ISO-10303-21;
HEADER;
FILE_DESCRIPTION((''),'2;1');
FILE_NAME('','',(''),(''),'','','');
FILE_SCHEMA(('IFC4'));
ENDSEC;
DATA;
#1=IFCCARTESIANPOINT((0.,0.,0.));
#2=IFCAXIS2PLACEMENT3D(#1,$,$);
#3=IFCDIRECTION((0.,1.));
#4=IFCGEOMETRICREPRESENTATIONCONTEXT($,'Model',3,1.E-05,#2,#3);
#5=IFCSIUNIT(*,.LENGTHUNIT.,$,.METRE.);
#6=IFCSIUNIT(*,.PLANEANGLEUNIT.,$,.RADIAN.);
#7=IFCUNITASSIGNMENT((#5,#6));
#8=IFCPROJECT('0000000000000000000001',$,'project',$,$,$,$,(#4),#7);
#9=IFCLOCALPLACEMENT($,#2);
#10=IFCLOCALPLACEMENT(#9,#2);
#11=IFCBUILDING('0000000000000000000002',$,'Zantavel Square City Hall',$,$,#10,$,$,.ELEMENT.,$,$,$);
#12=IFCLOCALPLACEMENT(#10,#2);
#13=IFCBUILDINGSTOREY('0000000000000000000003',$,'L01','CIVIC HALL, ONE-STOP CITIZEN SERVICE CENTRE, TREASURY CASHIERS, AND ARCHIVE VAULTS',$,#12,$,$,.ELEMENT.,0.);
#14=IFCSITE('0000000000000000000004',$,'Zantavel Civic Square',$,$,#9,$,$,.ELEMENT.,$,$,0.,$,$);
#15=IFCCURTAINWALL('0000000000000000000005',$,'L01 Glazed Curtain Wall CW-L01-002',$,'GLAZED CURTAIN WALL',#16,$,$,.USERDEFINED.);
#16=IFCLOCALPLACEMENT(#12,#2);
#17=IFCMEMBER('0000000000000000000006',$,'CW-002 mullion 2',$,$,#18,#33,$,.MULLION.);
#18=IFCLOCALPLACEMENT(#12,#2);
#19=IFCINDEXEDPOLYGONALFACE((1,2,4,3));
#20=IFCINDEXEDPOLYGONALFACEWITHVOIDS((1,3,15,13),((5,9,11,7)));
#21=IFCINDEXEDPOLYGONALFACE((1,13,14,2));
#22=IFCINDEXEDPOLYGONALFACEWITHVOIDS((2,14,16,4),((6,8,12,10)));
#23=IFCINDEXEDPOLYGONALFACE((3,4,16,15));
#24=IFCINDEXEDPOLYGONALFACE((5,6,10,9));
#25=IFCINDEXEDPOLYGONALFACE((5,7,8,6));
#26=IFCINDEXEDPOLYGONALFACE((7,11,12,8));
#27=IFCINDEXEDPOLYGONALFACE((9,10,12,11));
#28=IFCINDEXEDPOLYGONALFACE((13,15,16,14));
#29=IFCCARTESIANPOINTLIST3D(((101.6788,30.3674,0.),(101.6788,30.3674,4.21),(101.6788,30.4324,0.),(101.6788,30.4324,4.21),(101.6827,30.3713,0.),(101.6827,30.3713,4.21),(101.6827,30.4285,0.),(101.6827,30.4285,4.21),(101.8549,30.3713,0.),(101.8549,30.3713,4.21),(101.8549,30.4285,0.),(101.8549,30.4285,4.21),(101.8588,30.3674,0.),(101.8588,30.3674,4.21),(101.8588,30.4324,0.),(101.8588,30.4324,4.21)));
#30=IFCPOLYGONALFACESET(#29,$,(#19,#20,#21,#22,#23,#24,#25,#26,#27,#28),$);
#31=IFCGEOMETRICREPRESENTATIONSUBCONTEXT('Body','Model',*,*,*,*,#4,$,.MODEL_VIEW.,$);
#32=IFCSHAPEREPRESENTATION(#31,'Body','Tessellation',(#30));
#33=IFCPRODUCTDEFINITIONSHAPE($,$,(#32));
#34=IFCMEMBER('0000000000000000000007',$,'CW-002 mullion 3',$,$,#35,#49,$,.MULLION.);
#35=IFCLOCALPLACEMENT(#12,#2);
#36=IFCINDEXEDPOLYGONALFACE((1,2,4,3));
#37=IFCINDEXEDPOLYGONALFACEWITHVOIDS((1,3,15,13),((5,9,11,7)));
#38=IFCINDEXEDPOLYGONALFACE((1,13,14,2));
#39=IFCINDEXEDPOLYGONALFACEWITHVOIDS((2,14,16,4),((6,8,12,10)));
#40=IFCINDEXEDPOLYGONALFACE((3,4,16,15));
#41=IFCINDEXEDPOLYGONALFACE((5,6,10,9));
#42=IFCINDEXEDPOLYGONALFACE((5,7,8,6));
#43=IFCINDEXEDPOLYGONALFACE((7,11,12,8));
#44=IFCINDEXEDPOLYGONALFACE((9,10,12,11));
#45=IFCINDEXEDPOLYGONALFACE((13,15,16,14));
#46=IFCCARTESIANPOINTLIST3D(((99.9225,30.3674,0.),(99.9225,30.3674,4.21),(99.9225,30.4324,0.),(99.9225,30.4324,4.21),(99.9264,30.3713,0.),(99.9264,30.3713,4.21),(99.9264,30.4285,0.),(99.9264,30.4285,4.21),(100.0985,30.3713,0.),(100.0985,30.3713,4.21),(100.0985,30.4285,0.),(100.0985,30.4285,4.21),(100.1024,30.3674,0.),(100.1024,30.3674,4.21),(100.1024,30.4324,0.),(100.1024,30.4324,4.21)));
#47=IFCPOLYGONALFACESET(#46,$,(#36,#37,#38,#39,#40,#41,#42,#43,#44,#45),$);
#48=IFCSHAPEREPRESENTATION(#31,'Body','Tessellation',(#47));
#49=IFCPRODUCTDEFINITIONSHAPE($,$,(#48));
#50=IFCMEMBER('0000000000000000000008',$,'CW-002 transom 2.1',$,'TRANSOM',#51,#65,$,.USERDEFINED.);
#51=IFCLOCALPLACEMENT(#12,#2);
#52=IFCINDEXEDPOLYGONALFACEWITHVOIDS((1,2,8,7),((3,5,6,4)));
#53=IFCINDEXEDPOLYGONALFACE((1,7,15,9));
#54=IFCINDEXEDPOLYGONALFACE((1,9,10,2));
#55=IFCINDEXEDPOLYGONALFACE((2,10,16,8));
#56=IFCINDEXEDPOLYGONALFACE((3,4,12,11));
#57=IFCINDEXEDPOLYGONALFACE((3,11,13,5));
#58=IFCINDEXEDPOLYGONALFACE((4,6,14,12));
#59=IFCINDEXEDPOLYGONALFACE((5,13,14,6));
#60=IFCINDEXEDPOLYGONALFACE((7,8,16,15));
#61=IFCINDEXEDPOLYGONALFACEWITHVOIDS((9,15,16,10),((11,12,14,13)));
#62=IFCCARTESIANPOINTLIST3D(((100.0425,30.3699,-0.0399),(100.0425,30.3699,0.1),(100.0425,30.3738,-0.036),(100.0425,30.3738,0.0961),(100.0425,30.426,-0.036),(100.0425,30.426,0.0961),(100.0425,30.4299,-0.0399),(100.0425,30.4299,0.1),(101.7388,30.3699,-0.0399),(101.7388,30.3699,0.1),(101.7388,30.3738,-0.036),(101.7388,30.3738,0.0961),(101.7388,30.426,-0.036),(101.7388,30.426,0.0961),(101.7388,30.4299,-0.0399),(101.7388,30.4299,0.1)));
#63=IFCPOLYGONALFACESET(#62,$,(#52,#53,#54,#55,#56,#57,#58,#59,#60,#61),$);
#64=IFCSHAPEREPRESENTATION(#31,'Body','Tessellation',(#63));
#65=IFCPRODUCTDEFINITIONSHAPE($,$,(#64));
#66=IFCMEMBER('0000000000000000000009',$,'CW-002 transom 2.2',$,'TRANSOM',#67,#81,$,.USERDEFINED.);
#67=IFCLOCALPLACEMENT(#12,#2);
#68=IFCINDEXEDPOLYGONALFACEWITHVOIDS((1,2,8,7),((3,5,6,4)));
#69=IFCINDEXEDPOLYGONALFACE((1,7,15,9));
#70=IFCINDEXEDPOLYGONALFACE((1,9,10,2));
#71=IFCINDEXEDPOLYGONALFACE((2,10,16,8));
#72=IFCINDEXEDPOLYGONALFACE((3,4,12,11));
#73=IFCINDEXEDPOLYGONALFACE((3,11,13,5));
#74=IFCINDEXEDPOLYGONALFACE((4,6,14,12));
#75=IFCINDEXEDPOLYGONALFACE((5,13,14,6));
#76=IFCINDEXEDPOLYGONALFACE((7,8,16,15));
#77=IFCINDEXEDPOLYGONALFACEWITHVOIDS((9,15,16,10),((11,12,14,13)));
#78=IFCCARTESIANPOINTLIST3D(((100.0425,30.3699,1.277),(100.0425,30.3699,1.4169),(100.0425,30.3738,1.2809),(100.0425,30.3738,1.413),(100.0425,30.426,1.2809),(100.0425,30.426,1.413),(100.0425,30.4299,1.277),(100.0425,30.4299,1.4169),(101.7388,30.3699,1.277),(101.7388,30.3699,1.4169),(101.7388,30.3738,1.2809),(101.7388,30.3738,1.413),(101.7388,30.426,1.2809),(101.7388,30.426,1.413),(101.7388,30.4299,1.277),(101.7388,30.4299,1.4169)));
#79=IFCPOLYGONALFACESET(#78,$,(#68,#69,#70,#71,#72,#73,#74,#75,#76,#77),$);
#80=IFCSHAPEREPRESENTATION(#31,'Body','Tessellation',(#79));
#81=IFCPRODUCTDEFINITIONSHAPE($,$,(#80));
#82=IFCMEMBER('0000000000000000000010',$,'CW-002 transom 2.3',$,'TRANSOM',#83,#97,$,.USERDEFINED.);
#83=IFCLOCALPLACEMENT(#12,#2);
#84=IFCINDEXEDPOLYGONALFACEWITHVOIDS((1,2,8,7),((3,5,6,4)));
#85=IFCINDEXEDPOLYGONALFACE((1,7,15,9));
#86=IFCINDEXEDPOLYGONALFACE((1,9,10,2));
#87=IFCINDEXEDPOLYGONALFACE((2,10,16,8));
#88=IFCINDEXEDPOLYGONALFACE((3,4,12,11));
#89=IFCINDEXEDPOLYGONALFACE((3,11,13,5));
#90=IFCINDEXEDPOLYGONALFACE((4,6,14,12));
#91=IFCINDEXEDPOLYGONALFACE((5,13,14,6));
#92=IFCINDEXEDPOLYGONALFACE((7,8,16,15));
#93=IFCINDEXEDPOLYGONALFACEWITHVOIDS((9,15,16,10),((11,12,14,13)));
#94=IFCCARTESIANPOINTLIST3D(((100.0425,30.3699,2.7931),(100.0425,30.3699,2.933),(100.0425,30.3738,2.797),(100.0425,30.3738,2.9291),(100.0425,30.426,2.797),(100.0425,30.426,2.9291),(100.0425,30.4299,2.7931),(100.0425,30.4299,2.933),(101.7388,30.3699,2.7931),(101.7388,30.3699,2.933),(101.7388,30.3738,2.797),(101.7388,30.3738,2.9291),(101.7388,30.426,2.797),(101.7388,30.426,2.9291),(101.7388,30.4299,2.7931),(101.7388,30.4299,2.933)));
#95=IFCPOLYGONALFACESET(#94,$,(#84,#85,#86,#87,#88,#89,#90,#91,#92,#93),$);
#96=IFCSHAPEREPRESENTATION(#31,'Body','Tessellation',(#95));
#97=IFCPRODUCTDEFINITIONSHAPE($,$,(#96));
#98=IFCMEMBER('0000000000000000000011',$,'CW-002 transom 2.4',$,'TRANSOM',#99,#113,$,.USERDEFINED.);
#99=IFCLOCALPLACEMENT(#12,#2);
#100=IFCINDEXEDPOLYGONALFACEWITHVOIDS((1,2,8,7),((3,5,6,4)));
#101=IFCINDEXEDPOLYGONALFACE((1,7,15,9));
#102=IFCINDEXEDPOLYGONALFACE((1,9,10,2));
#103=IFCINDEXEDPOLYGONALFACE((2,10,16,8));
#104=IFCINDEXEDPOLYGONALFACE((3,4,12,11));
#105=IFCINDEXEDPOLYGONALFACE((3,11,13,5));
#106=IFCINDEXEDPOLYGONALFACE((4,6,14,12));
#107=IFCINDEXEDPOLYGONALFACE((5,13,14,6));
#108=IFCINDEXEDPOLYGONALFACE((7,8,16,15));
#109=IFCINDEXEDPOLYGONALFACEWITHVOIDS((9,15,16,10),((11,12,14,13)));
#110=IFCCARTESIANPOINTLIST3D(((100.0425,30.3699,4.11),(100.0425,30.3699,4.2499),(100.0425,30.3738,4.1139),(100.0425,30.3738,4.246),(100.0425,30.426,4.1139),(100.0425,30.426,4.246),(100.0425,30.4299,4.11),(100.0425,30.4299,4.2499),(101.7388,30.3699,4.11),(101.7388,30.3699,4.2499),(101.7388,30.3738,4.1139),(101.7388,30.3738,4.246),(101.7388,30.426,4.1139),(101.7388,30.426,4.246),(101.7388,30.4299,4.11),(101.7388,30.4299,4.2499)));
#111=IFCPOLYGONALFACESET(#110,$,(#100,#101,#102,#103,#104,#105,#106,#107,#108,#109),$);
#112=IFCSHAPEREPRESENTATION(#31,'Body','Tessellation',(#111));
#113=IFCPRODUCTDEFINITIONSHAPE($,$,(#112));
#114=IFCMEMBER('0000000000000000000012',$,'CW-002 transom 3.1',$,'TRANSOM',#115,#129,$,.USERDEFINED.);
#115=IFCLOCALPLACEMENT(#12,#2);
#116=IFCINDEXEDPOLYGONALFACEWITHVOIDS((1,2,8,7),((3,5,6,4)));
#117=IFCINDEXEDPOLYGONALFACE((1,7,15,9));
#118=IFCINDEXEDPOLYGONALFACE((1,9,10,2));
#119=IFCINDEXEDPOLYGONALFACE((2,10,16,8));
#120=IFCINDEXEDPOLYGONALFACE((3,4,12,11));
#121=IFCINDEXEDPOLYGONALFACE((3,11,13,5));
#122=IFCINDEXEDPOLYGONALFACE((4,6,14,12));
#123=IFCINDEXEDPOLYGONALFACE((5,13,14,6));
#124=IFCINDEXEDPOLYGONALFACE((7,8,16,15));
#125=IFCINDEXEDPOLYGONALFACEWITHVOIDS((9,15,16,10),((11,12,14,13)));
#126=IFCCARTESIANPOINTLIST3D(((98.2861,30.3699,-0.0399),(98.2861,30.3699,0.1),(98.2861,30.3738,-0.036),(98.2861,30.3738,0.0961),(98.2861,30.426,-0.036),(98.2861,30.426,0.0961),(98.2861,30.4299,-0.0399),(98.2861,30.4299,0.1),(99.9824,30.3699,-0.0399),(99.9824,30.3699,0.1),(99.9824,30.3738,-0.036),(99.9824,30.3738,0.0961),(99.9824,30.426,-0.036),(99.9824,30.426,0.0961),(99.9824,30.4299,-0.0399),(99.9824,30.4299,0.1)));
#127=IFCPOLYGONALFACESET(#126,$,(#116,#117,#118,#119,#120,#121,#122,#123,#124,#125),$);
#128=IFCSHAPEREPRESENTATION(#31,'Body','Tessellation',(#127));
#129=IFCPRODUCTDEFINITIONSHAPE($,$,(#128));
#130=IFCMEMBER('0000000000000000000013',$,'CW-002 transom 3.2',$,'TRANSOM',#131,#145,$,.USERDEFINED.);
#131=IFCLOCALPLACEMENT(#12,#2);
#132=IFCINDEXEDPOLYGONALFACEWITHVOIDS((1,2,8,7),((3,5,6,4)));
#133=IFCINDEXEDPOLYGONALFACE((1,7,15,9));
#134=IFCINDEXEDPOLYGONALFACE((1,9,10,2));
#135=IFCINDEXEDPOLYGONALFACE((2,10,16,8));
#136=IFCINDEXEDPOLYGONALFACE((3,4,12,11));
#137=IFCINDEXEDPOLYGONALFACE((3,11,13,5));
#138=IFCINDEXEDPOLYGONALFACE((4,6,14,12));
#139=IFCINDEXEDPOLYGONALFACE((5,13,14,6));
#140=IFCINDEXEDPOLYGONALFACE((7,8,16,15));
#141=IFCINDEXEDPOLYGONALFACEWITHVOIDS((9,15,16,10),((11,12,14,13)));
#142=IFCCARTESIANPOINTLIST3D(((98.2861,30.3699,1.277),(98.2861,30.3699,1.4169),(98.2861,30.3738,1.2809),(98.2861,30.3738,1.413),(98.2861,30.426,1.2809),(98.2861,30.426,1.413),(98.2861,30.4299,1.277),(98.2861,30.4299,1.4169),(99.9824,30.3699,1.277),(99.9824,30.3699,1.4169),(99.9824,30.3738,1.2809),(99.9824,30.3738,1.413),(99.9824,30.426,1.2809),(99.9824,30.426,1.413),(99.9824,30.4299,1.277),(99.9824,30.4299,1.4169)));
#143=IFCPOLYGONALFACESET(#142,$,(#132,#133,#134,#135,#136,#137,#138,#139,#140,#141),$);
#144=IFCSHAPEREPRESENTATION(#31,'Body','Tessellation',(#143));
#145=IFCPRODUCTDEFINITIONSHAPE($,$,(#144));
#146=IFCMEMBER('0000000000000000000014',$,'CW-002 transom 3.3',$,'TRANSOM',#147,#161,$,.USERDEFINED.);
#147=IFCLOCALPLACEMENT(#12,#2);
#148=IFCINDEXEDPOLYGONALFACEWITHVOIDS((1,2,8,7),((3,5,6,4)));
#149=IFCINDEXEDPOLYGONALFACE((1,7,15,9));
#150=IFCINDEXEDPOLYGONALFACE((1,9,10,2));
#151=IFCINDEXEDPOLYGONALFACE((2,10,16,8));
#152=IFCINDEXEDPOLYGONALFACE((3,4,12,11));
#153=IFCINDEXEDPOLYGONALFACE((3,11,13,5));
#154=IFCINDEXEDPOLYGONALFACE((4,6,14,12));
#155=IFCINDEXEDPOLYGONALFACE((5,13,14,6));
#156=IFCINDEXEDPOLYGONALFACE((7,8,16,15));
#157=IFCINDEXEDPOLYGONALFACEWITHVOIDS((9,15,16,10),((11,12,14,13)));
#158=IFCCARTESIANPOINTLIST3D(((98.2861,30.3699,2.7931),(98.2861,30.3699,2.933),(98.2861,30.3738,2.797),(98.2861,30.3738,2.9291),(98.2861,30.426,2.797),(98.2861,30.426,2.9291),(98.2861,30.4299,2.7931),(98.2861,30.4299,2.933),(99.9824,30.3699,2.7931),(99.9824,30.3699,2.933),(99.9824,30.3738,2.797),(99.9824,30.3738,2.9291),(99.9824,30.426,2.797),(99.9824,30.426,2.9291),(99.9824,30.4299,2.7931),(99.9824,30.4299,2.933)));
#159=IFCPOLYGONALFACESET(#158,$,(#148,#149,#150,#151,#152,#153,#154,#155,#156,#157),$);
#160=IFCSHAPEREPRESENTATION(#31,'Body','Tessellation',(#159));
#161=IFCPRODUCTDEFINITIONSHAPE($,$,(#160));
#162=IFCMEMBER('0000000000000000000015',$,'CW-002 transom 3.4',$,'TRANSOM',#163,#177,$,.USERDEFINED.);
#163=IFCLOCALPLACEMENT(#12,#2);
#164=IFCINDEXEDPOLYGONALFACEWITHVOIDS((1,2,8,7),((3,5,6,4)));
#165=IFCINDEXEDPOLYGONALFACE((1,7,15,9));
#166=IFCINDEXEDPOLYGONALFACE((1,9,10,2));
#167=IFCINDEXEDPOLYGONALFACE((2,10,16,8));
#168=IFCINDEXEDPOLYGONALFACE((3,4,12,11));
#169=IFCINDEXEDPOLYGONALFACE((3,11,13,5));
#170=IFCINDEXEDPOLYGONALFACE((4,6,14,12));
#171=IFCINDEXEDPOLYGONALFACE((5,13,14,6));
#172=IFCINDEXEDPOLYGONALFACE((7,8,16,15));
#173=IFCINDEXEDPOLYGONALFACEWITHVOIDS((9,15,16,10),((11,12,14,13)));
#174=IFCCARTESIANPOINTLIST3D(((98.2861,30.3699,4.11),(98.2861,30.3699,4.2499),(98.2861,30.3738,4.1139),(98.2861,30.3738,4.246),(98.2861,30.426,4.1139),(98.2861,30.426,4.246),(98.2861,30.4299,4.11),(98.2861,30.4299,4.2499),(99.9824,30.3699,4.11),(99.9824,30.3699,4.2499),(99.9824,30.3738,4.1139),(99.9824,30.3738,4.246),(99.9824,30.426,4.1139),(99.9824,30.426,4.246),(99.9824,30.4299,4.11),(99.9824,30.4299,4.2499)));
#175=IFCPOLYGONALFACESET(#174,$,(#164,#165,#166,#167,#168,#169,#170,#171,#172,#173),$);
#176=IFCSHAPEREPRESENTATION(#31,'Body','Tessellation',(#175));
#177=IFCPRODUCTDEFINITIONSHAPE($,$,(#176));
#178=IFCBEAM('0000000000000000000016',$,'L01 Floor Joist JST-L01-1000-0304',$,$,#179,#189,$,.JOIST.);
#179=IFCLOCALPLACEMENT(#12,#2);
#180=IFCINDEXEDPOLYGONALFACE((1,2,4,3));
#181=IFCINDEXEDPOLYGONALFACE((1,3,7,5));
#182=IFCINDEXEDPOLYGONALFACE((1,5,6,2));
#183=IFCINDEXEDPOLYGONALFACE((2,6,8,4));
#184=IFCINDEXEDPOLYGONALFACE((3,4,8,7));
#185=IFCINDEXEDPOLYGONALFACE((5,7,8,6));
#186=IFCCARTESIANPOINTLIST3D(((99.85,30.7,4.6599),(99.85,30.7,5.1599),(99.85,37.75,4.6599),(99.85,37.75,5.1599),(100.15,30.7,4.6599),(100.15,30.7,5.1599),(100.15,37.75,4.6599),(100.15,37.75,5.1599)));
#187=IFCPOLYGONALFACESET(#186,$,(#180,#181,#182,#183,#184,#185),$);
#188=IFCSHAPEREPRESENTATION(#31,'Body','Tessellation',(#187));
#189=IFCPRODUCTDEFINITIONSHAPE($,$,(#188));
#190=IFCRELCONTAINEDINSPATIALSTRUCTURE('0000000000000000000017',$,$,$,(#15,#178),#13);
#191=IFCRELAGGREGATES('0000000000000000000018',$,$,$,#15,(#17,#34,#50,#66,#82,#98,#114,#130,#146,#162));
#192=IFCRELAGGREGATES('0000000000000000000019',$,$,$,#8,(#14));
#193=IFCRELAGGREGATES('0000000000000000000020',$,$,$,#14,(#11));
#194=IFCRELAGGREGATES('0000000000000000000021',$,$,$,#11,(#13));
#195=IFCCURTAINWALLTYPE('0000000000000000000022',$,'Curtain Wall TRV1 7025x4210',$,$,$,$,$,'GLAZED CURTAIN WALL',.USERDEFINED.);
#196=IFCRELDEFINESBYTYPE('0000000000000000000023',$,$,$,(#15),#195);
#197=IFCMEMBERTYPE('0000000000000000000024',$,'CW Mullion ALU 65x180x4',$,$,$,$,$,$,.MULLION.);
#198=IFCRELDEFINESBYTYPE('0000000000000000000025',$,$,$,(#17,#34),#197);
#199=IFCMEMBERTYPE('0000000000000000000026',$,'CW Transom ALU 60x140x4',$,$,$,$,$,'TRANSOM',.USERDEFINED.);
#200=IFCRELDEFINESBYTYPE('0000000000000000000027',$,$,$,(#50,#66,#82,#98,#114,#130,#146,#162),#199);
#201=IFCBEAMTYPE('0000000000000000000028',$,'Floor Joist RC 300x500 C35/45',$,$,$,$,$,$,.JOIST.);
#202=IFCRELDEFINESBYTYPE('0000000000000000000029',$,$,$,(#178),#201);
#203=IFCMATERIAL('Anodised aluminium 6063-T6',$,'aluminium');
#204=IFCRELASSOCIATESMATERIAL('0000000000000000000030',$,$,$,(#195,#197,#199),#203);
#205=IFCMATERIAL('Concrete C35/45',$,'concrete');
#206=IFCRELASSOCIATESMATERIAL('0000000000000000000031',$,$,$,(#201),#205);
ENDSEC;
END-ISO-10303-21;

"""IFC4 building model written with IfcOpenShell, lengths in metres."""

from ifc_helpers import new_model, si_unit, direction, frame, origin, origin_2d, place, context, subcontext, project, spatial, rectangle, hollow_rectangle, extrude, material, material_profile, profile_set, type_object, element, aggregate, save


model = new_model("IFC4")

# Units and contexts
model_context = context("Model", 3, precision=1e-05, world=origin(), true_north=direction((0.0, 1.0)))
body_context = subcontext(model_context, "Body", "Model", "MODEL_VIEW")
ifc_project = project(units=[si_unit("LENGTHUNIT", "METRE"), si_unit("PLANEANGLEUNIT", "RADIAN")], contexts=[model_context])

# Site, building, storey
site_placement = place(None, origin())
site = spatial("IfcSite", under=ifc_project, at=site_placement, Name="Zantavel Civic Square", CompositionType="ELEMENT", RefElevation=0.0)
building_placement = place(site_placement, origin())
building = spatial("IfcBuilding", under=site, at=building_placement, Name="Zantavel Square City Hall", CompositionType="ELEMENT")
storey_placement = place(building_placement, origin())
storey = spatial("IfcBuildingStorey", under=building, at=storey_placement, Name="L01", Description="CIVIC HALL, ONE-STOP CITIZEN SERVICE CENTRE, TREASURY CASHIERS, AND ARCHIVE VAULTS", CompositionType="ELEMENT", Elevation=0.0)

# Curtain wall, members
ifc_material_1 = material(Name="Anodised aluminium 6063-T6", Category="aluminium")
curtain_wall_type = type_object("IfcCurtainWallType", Name="Curtain Wall TRV1 7025x4210", ElementType="GLAZED CURTAIN WALL", PredefinedType="USERDEFINED", material=ifc_material_1)
curtain_wall_placement = place(storey_placement, origin())
curtain_wall = element("IfcCurtainWall", 1, at=curtain_wall_placement, inside=storey, type_object=curtain_wall_type, Name="L01 Glazed Curtain Wall CW-L01-002", ObjectType="GLAZED CURTAIN WALL", PredefinedType="USERDEFINED")
ifc_material_profile_1 = material_profile(ifc_material_1, hollow_rectangle(XDim=0.0649, YDim=0.1799, WallThickness=0.0039, at=origin_2d()), Name="ALU 65x180x4")
ifc_profile_set_1 = profile_set([ifc_material_profile_1], Name="Anodised aluminium 6063-T6")
member_type_1 = type_object("IfcMemberType", Name="CW Mullion ALU 65x180x4", PredefinedType="MULLION", material=ifc_profile_set_1)
member_1_placement = place(storey_placement, frame((101.7688, 30.3999, 0.0), z_axis=(0.0, 0.0, 1.0), x_axis=(0.0, -1.0, 0.0)))
member_1 = element("IfcMember", 2, at=member_1_placement, type_object=member_type_1, Name="CW-002 mullion 2", PredefinedType="MULLION", context=body_context, shape_type="SweptSolid", body=[
    extrude(hollow_rectangle(XDim=0.0649, YDim=0.1799, WallThickness=0.0039, at=origin_2d()), origin(), (0.0, 0.0, 1.0), 4.21),
])
member_2_placement = place(storey_placement, frame((100.0125, 30.3999, 0.0), z_axis=(0.0, 0.0, 1.0), x_axis=(0.0, -1.0, 0.0)))
member_2 = element("IfcMember", 3, at=member_2_placement, type_object=member_type_1, Name="CW-002 mullion 3", PredefinedType="MULLION", context=body_context, shape_type="SweptSolid", body=[
    extrude(hollow_rectangle(XDim=0.0649, YDim=0.1799, WallThickness=0.0039, at=origin_2d()), origin(), (0.0, 0.0, 1.0), 4.21),
])
ifc_material_profile_2 = material_profile(ifc_material_1, hollow_rectangle(XDim=0.0601, YDim=0.1399, WallThickness=0.0039, at=origin_2d()), Name="ALU 60x140x4")
ifc_profile_set_2 = profile_set([ifc_material_profile_2], Name="Anodised aluminium 6063-T6")
member_type_2 = type_object("IfcMemberType", Name="CW Transom ALU 60x140x4", ElementType="TRANSOM", PredefinedType="USERDEFINED", material=ifc_profile_set_2)
member_3_placement = place(storey_placement, frame((101.7388, 30.3999, 0.03), z_axis=(-1.0, 0.0, 0.0), x_axis=(0.0, -1.0, 0.0)))
member_3 = element("IfcMember", 4, at=member_3_placement, type_object=member_type_2, Name="CW-002 transom 2.1", ObjectType="TRANSOM", PredefinedType="USERDEFINED", context=body_context, shape_type="SweptSolid", body=[
    extrude(hollow_rectangle(XDim=0.0601, YDim=0.1399, WallThickness=0.0039, at=origin_2d()), origin(), (0.0, 0.0, 1.0), 1.6963),
])
member_4_placement = place(storey_placement, frame((101.7388, 30.3999, 1.3469), z_axis=(-1.0, 0.0, 0.0), x_axis=(0.0, -1.0, 0.0)))
member_4 = element("IfcMember", 5, at=member_4_placement, type_object=member_type_2, Name="CW-002 transom 2.2", ObjectType="TRANSOM", PredefinedType="USERDEFINED", context=body_context, shape_type="SweptSolid", body=[
    extrude(hollow_rectangle(XDim=0.0601, YDim=0.1399, WallThickness=0.0039, at=origin_2d()), origin(), (0.0, 0.0, 1.0), 1.6963),
])
member_5_placement = place(storey_placement, frame((101.7388, 30.3999, 2.863), z_axis=(-1.0, 0.0, 0.0), x_axis=(0.0, -1.0, 0.0)))
member_5 = element("IfcMember", 6, at=member_5_placement, type_object=member_type_2, Name="CW-002 transom 2.3", ObjectType="TRANSOM", PredefinedType="USERDEFINED", context=body_context, shape_type="SweptSolid", body=[
    extrude(hollow_rectangle(XDim=0.0601, YDim=0.1399, WallThickness=0.0039, at=origin_2d()), origin(), (0.0, 0.0, 1.0), 1.6963),
])
member_6_placement = place(storey_placement, frame((101.7388, 30.3999, 4.1799), z_axis=(-1.0, 0.0, 0.0), x_axis=(0.0, -1.0, 0.0)))
member_6 = element("IfcMember", 7, at=member_6_placement, type_object=member_type_2, Name="CW-002 transom 2.4", ObjectType="TRANSOM", PredefinedType="USERDEFINED", context=body_context, shape_type="SweptSolid", body=[
    extrude(hollow_rectangle(XDim=0.0601, YDim=0.1399, WallThickness=0.0039, at=origin_2d()), origin(), (0.0, 0.0, 1.0), 1.6963),
])
member_7_placement = place(storey_placement, frame((99.9824, 30.3999, 0.03), z_axis=(-1.0, 0.0, 0.0), x_axis=(0.0, -1.0, 0.0)))
member_7 = element("IfcMember", 8, at=member_7_placement, type_object=member_type_2, Name="CW-002 transom 3.1", ObjectType="TRANSOM", PredefinedType="USERDEFINED", context=body_context, shape_type="SweptSolid", body=[
    extrude(hollow_rectangle(XDim=0.0601, YDim=0.1399, WallThickness=0.0039, at=origin_2d()), origin(), (0.0, 0.0, 1.0), 1.6963),
])
member_8_placement = place(storey_placement, frame((99.9824, 30.3999, 1.3469), z_axis=(-1.0, 0.0, 0.0), x_axis=(0.0, -1.0, 0.0)))
member_8 = element("IfcMember", 9, at=member_8_placement, type_object=member_type_2, Name="CW-002 transom 3.2", ObjectType="TRANSOM", PredefinedType="USERDEFINED", context=body_context, shape_type="SweptSolid", body=[
    extrude(hollow_rectangle(XDim=0.0601, YDim=0.1399, WallThickness=0.0039, at=origin_2d()), origin(), (0.0, 0.0, 1.0), 1.6963),
])
member_9_placement = place(storey_placement, frame((99.9824, 30.3999, 2.863), z_axis=(-1.0, 0.0, 0.0), x_axis=(0.0, -1.0, 0.0)))
member_9 = element("IfcMember", 10, at=member_9_placement, type_object=member_type_2, Name="CW-002 transom 3.3", ObjectType="TRANSOM", PredefinedType="USERDEFINED", context=body_context, shape_type="SweptSolid", body=[
    extrude(hollow_rectangle(XDim=0.0601, YDim=0.1399, WallThickness=0.0039, at=origin_2d()), origin(), (0.0, 0.0, 1.0), 1.6963),
])
member_10_placement = place(storey_placement, frame((99.9824, 30.3999, 4.1799), z_axis=(-1.0, 0.0, 0.0), x_axis=(0.0, -1.0, 0.0)))
member_10 = element("IfcMember", 11, at=member_10_placement, type_object=member_type_2, Name="CW-002 transom 3.4", ObjectType="TRANSOM", PredefinedType="USERDEFINED", context=body_context, shape_type="SweptSolid", body=[
    extrude(hollow_rectangle(XDim=0.0601, YDim=0.1399, WallThickness=0.0039, at=origin_2d()), origin(), (0.0, 0.0, 1.0), 1.6963),
])

# Beam
ifc_material_2 = material(Name="Concrete C35/45", Category="concrete")
ifc_material_profile_3 = material_profile(ifc_material_2, rectangle(XDim=0.3, YDim=0.5, at=origin_2d()), Name="RC 300x500")
ifc_profile_set_3 = profile_set([ifc_material_profile_3], Name="Concrete C35/45")
beam_type = type_object("IfcBeamType", Name="Floor Joist RC 300x500 C35/45", PredefinedType="JOIST", material=ifc_profile_set_3)
beam_placement = place(storey_placement, frame((100.0, 30.7, 4.9099), z_axis=(0.0, 1.0, 0.0), x_axis=(-1.0, 0.0, 0.0)))
element("IfcBeam", 12, at=beam_placement, inside=storey, type_object=beam_type, Name="L01 Floor Joist JST-L01-1000-0304", PredefinedType="JOIST", context=body_context, shape_type="SweptSolid", body=[
    extrude(rectangle(XDim=0.3, YDim=0.5, at=origin_2d()), origin(), (0.0, 0.0, 1.0), 7.05),
])

aggregate(curtain_wall, [member_1, member_2, member_3, member_4, member_5, member_6, member_7, member_8, member_9, member_10])

save(model, "model.ifc")
